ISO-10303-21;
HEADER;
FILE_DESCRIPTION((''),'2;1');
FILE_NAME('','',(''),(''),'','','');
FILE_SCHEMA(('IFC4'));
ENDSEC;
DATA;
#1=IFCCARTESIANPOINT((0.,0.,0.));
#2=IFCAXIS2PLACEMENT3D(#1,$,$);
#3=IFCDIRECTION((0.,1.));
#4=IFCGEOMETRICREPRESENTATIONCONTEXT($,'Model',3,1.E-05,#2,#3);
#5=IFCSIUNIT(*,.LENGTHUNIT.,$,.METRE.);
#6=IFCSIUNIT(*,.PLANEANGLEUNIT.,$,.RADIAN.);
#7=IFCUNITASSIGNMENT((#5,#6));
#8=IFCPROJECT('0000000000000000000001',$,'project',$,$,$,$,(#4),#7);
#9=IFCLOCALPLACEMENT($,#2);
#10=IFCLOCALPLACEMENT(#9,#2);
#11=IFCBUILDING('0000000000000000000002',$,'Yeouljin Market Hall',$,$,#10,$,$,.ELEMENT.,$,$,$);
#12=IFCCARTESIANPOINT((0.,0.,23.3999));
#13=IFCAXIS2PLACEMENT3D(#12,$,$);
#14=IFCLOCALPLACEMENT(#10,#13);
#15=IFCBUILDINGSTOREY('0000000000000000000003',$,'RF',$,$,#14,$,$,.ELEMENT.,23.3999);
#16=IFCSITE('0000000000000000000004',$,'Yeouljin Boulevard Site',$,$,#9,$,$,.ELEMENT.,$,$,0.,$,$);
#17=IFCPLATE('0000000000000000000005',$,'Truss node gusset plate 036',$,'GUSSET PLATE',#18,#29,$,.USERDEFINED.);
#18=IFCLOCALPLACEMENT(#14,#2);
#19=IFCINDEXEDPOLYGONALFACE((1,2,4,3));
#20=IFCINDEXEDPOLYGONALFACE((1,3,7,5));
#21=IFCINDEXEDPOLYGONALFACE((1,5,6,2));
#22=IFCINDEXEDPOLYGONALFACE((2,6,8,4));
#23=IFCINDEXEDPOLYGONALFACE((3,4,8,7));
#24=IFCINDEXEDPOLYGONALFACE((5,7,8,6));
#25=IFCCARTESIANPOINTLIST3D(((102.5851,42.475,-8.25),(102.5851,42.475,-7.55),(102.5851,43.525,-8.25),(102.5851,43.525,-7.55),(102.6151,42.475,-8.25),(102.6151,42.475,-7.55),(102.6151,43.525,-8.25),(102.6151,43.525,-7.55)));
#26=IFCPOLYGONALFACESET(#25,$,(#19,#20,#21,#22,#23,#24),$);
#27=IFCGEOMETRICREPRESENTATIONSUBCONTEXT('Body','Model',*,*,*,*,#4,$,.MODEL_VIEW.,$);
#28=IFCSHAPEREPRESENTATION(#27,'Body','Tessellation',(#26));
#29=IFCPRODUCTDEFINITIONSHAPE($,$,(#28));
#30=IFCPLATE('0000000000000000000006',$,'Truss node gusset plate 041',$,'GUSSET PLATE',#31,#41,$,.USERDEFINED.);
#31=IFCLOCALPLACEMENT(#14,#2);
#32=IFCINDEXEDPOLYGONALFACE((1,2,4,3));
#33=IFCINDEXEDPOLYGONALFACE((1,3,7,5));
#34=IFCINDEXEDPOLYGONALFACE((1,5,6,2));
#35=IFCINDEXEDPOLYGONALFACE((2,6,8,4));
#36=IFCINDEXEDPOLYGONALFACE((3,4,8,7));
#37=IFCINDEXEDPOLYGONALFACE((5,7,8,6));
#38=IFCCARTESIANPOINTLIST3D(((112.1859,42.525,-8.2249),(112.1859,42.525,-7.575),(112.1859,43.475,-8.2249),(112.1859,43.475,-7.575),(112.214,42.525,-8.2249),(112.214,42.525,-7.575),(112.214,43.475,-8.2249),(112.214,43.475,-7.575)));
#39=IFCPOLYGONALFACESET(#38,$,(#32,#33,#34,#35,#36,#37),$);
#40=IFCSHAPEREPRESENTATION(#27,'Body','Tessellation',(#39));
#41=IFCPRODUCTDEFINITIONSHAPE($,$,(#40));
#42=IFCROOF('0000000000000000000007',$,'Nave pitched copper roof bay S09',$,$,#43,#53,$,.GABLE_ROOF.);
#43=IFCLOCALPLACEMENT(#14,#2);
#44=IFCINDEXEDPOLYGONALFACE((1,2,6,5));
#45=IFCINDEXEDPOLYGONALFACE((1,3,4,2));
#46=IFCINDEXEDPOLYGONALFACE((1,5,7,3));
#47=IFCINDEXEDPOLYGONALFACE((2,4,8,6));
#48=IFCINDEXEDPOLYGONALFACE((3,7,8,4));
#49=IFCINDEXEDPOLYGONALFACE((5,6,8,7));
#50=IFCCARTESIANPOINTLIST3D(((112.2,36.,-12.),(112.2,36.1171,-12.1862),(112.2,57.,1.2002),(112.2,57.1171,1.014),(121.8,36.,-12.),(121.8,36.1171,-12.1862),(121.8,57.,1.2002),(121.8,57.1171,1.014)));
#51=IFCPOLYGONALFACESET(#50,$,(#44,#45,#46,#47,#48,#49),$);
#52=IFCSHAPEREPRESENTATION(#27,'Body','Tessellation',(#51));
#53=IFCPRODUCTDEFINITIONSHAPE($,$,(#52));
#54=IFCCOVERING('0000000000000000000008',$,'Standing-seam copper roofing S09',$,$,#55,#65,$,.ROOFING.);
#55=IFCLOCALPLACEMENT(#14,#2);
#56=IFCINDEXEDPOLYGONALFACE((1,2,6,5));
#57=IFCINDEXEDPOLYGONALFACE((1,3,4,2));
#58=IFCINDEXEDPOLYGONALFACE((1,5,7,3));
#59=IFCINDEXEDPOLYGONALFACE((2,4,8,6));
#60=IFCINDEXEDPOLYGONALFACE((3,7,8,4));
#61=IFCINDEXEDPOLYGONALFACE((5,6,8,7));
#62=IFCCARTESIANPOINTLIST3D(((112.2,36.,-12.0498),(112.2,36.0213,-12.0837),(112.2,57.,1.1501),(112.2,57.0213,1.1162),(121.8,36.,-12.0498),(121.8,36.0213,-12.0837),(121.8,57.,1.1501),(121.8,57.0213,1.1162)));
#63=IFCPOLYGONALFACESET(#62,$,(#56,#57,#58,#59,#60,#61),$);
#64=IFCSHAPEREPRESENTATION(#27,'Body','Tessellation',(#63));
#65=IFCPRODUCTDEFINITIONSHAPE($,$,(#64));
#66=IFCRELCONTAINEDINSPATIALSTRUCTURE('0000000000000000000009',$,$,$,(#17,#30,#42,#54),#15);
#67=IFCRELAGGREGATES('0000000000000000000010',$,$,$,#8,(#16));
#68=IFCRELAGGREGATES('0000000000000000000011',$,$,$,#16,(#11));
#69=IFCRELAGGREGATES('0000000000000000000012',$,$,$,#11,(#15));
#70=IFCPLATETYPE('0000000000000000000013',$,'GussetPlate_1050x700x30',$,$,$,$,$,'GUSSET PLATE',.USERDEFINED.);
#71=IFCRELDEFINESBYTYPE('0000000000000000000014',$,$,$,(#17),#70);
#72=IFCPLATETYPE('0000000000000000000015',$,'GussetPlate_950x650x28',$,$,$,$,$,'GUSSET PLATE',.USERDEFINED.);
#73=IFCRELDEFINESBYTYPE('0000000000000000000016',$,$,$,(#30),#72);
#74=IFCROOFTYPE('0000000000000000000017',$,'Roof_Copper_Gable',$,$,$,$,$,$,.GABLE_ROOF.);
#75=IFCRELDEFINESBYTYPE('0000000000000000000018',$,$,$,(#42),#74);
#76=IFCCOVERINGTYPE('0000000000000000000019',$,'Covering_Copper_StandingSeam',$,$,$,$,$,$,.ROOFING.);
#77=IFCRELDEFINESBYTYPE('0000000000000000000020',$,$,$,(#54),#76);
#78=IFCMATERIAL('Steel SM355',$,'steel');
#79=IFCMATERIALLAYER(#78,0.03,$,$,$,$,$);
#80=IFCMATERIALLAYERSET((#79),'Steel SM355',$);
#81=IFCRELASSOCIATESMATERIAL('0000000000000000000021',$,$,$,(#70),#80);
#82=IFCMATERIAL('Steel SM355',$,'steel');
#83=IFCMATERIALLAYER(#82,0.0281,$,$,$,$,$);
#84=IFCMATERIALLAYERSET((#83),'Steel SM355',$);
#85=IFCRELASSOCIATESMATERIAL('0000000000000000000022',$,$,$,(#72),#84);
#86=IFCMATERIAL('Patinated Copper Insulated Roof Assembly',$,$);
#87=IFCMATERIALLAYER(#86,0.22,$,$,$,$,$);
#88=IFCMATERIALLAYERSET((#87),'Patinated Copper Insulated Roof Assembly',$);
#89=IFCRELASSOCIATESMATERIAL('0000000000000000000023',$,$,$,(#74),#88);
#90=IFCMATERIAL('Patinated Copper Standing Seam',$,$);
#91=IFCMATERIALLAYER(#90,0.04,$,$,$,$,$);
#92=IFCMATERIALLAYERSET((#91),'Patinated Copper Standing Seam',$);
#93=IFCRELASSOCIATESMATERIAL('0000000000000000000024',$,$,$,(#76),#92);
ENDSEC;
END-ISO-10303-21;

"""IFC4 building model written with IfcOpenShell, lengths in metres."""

from ifc_helpers import new_model, si_unit, direction, frame, origin, origin_2d, place, context, subcontext, project, spatial, polyline, rectangle, outline, extrude, material, layer, layer_set, type_object, element, save


model = new_model("IFC4")

# Units and contexts
model_context = context("Model", 3, precision=1e-05, world=origin(), true_north=direction((0.0, 1.0)))
body_context = subcontext(model_context, "Body", "Model", "MODEL_VIEW")
ifc_project = project(units=[si_unit("LENGTHUNIT", "METRE"), si_unit("PLANEANGLEUNIT", "RADIAN")], contexts=[model_context])

# Site, building, storey
site_placement = place(None, origin())
site = spatial("IfcSite", under=ifc_project, at=site_placement, Name="Yeouljin Boulevard Site", CompositionType="ELEMENT", RefElevation=0.0)
building_placement = place(site_placement, origin())
building = spatial("IfcBuilding", under=site, at=building_placement, Name="Yeouljin Market Hall", CompositionType="ELEMENT")
storey_placement = place(building_placement, frame((0.0, 0.0, 23.3999)))
storey = spatial("IfcBuildingStorey", under=building, at=storey_placement, Name="RF", CompositionType="ELEMENT", Elevation=23.3999)

# Plates
ifc_material_1 = material(Name="Steel SM355", Category="steel")
ifc_layer_1 = layer(ifc_material_1, 0.03)
ifc_layer_set_1 = layer_set([ifc_layer_1], Name="Steel SM355")
plate_type_1 = type_object("IfcPlateType", Name="GussetPlate_1050x700x30", ElementType="GUSSET PLATE", PredefinedType="USERDEFINED", material=ifc_layer_set_1)
plate_1_placement = place(storey_placement, frame((102.6001, 43.0, -8.25), z_axis=(0.0, 0.0, 1.0), x_axis=(0.0, 1.0, 0.0)))
element("IfcPlate", 1, at=plate_1_placement, inside=storey, type_object=plate_type_1, Name="Truss node gusset plate 036", ObjectType="GUSSET PLATE", PredefinedType="USERDEFINED", context=body_context, shape_type="SweptSolid", body=[
    extrude(rectangle(XDim=1.05, YDim=0.03, at=origin_2d()), origin(), (0.0, 0.0, 1.0), 0.7),
])
ifc_material_2 = material(Name="Steel SM355", Category="steel")
ifc_layer_2 = layer(ifc_material_2, 0.0281)
ifc_layer_set_2 = layer_set([ifc_layer_2], Name="Steel SM355")
plate_type_2 = type_object("IfcPlateType", Name="GussetPlate_950x650x28", ElementType="GUSSET PLATE", PredefinedType="USERDEFINED", material=ifc_layer_set_2)
plate_2_placement = place(storey_placement, frame((112.2, 43.0, -8.2249), z_axis=(0.0, 0.0, 1.0), x_axis=(0.0, 1.0, 0.0)))
element("IfcPlate", 2, at=plate_2_placement, inside=storey, type_object=plate_type_2, Name="Truss node gusset plate 041", ObjectType="GUSSET PLATE", PredefinedType="USERDEFINED", context=body_context, shape_type="SweptSolid", body=[
    extrude(rectangle(XDim=0.95, YDim=0.0281, at=origin_2d()), origin(), (0.0, 0.0, 1.0), 0.6499),
])

# Roof
ifc_material_3 = material(Name="Patinated Copper Insulated Roof Assembly")
ifc_layer_3 = layer(ifc_material_3, 0.22)
ifc_layer_set_3 = layer_set([ifc_layer_3], Name="Patinated Copper Insulated Roof Assembly")
roof_type = type_object("IfcRoofType", Name="Roof_Copper_Gable", PredefinedType="GABLE_ROOF", material=ifc_layer_set_3)
roof_placement = place(storey_placement, frame((112.2, 36.0, -12.0), z_axis=(0.0, -0.532177, 0.846633), x_axis=(1.0, 0.0, 0.0)))
element("IfcRoof", 3, at=roof_placement, inside=storey, type_object=roof_type, Name="Nave pitched copper roof bay S09", PredefinedType="GABLE_ROOF", context=body_context, shape_type="SweptSolid", body=[
    extrude(outline(polyline([(0.0, 0.0), (9.6001, 0.0), (9.6001, 24.8041), (0.0, 24.8041), (0.0, 0.0)])), origin(), (0.0, 0.0, -1.0), 0.22),
])

# Covering
ifc_material_4 = material(Name="Patinated Copper Standing Seam")
ifc_layer_4 = layer(ifc_material_4, 0.04)
ifc_layer_set_4 = layer_set([ifc_layer_4], Name="Patinated Copper Standing Seam")
covering_type = type_object("IfcCoveringType", Name="Covering_Copper_StandingSeam", PredefinedType="ROOFING", material=ifc_layer_set_4)
covering_placement = place(storey_placement, frame((112.2, 36.0, -12.0498), z_axis=(0.0, -0.53217, 0.846637), x_axis=(1.0, 0.0, 0.0)))
element("IfcCovering", 4, at=covering_placement, inside=storey, type_object=covering_type, Name="Standing-seam copper roofing S09", PredefinedType="ROOFING", context=body_context, shape_type="SweptSolid", body=[
    extrude(outline(polyline([(0.0, 0.0), (9.6001, 0.0), (9.6001, 24.804), (0.0, 24.804), (0.0, 0.0)])), origin(), (0.0, 0.0, -1.0), 0.04),
])

save(model, "model.ifc")
